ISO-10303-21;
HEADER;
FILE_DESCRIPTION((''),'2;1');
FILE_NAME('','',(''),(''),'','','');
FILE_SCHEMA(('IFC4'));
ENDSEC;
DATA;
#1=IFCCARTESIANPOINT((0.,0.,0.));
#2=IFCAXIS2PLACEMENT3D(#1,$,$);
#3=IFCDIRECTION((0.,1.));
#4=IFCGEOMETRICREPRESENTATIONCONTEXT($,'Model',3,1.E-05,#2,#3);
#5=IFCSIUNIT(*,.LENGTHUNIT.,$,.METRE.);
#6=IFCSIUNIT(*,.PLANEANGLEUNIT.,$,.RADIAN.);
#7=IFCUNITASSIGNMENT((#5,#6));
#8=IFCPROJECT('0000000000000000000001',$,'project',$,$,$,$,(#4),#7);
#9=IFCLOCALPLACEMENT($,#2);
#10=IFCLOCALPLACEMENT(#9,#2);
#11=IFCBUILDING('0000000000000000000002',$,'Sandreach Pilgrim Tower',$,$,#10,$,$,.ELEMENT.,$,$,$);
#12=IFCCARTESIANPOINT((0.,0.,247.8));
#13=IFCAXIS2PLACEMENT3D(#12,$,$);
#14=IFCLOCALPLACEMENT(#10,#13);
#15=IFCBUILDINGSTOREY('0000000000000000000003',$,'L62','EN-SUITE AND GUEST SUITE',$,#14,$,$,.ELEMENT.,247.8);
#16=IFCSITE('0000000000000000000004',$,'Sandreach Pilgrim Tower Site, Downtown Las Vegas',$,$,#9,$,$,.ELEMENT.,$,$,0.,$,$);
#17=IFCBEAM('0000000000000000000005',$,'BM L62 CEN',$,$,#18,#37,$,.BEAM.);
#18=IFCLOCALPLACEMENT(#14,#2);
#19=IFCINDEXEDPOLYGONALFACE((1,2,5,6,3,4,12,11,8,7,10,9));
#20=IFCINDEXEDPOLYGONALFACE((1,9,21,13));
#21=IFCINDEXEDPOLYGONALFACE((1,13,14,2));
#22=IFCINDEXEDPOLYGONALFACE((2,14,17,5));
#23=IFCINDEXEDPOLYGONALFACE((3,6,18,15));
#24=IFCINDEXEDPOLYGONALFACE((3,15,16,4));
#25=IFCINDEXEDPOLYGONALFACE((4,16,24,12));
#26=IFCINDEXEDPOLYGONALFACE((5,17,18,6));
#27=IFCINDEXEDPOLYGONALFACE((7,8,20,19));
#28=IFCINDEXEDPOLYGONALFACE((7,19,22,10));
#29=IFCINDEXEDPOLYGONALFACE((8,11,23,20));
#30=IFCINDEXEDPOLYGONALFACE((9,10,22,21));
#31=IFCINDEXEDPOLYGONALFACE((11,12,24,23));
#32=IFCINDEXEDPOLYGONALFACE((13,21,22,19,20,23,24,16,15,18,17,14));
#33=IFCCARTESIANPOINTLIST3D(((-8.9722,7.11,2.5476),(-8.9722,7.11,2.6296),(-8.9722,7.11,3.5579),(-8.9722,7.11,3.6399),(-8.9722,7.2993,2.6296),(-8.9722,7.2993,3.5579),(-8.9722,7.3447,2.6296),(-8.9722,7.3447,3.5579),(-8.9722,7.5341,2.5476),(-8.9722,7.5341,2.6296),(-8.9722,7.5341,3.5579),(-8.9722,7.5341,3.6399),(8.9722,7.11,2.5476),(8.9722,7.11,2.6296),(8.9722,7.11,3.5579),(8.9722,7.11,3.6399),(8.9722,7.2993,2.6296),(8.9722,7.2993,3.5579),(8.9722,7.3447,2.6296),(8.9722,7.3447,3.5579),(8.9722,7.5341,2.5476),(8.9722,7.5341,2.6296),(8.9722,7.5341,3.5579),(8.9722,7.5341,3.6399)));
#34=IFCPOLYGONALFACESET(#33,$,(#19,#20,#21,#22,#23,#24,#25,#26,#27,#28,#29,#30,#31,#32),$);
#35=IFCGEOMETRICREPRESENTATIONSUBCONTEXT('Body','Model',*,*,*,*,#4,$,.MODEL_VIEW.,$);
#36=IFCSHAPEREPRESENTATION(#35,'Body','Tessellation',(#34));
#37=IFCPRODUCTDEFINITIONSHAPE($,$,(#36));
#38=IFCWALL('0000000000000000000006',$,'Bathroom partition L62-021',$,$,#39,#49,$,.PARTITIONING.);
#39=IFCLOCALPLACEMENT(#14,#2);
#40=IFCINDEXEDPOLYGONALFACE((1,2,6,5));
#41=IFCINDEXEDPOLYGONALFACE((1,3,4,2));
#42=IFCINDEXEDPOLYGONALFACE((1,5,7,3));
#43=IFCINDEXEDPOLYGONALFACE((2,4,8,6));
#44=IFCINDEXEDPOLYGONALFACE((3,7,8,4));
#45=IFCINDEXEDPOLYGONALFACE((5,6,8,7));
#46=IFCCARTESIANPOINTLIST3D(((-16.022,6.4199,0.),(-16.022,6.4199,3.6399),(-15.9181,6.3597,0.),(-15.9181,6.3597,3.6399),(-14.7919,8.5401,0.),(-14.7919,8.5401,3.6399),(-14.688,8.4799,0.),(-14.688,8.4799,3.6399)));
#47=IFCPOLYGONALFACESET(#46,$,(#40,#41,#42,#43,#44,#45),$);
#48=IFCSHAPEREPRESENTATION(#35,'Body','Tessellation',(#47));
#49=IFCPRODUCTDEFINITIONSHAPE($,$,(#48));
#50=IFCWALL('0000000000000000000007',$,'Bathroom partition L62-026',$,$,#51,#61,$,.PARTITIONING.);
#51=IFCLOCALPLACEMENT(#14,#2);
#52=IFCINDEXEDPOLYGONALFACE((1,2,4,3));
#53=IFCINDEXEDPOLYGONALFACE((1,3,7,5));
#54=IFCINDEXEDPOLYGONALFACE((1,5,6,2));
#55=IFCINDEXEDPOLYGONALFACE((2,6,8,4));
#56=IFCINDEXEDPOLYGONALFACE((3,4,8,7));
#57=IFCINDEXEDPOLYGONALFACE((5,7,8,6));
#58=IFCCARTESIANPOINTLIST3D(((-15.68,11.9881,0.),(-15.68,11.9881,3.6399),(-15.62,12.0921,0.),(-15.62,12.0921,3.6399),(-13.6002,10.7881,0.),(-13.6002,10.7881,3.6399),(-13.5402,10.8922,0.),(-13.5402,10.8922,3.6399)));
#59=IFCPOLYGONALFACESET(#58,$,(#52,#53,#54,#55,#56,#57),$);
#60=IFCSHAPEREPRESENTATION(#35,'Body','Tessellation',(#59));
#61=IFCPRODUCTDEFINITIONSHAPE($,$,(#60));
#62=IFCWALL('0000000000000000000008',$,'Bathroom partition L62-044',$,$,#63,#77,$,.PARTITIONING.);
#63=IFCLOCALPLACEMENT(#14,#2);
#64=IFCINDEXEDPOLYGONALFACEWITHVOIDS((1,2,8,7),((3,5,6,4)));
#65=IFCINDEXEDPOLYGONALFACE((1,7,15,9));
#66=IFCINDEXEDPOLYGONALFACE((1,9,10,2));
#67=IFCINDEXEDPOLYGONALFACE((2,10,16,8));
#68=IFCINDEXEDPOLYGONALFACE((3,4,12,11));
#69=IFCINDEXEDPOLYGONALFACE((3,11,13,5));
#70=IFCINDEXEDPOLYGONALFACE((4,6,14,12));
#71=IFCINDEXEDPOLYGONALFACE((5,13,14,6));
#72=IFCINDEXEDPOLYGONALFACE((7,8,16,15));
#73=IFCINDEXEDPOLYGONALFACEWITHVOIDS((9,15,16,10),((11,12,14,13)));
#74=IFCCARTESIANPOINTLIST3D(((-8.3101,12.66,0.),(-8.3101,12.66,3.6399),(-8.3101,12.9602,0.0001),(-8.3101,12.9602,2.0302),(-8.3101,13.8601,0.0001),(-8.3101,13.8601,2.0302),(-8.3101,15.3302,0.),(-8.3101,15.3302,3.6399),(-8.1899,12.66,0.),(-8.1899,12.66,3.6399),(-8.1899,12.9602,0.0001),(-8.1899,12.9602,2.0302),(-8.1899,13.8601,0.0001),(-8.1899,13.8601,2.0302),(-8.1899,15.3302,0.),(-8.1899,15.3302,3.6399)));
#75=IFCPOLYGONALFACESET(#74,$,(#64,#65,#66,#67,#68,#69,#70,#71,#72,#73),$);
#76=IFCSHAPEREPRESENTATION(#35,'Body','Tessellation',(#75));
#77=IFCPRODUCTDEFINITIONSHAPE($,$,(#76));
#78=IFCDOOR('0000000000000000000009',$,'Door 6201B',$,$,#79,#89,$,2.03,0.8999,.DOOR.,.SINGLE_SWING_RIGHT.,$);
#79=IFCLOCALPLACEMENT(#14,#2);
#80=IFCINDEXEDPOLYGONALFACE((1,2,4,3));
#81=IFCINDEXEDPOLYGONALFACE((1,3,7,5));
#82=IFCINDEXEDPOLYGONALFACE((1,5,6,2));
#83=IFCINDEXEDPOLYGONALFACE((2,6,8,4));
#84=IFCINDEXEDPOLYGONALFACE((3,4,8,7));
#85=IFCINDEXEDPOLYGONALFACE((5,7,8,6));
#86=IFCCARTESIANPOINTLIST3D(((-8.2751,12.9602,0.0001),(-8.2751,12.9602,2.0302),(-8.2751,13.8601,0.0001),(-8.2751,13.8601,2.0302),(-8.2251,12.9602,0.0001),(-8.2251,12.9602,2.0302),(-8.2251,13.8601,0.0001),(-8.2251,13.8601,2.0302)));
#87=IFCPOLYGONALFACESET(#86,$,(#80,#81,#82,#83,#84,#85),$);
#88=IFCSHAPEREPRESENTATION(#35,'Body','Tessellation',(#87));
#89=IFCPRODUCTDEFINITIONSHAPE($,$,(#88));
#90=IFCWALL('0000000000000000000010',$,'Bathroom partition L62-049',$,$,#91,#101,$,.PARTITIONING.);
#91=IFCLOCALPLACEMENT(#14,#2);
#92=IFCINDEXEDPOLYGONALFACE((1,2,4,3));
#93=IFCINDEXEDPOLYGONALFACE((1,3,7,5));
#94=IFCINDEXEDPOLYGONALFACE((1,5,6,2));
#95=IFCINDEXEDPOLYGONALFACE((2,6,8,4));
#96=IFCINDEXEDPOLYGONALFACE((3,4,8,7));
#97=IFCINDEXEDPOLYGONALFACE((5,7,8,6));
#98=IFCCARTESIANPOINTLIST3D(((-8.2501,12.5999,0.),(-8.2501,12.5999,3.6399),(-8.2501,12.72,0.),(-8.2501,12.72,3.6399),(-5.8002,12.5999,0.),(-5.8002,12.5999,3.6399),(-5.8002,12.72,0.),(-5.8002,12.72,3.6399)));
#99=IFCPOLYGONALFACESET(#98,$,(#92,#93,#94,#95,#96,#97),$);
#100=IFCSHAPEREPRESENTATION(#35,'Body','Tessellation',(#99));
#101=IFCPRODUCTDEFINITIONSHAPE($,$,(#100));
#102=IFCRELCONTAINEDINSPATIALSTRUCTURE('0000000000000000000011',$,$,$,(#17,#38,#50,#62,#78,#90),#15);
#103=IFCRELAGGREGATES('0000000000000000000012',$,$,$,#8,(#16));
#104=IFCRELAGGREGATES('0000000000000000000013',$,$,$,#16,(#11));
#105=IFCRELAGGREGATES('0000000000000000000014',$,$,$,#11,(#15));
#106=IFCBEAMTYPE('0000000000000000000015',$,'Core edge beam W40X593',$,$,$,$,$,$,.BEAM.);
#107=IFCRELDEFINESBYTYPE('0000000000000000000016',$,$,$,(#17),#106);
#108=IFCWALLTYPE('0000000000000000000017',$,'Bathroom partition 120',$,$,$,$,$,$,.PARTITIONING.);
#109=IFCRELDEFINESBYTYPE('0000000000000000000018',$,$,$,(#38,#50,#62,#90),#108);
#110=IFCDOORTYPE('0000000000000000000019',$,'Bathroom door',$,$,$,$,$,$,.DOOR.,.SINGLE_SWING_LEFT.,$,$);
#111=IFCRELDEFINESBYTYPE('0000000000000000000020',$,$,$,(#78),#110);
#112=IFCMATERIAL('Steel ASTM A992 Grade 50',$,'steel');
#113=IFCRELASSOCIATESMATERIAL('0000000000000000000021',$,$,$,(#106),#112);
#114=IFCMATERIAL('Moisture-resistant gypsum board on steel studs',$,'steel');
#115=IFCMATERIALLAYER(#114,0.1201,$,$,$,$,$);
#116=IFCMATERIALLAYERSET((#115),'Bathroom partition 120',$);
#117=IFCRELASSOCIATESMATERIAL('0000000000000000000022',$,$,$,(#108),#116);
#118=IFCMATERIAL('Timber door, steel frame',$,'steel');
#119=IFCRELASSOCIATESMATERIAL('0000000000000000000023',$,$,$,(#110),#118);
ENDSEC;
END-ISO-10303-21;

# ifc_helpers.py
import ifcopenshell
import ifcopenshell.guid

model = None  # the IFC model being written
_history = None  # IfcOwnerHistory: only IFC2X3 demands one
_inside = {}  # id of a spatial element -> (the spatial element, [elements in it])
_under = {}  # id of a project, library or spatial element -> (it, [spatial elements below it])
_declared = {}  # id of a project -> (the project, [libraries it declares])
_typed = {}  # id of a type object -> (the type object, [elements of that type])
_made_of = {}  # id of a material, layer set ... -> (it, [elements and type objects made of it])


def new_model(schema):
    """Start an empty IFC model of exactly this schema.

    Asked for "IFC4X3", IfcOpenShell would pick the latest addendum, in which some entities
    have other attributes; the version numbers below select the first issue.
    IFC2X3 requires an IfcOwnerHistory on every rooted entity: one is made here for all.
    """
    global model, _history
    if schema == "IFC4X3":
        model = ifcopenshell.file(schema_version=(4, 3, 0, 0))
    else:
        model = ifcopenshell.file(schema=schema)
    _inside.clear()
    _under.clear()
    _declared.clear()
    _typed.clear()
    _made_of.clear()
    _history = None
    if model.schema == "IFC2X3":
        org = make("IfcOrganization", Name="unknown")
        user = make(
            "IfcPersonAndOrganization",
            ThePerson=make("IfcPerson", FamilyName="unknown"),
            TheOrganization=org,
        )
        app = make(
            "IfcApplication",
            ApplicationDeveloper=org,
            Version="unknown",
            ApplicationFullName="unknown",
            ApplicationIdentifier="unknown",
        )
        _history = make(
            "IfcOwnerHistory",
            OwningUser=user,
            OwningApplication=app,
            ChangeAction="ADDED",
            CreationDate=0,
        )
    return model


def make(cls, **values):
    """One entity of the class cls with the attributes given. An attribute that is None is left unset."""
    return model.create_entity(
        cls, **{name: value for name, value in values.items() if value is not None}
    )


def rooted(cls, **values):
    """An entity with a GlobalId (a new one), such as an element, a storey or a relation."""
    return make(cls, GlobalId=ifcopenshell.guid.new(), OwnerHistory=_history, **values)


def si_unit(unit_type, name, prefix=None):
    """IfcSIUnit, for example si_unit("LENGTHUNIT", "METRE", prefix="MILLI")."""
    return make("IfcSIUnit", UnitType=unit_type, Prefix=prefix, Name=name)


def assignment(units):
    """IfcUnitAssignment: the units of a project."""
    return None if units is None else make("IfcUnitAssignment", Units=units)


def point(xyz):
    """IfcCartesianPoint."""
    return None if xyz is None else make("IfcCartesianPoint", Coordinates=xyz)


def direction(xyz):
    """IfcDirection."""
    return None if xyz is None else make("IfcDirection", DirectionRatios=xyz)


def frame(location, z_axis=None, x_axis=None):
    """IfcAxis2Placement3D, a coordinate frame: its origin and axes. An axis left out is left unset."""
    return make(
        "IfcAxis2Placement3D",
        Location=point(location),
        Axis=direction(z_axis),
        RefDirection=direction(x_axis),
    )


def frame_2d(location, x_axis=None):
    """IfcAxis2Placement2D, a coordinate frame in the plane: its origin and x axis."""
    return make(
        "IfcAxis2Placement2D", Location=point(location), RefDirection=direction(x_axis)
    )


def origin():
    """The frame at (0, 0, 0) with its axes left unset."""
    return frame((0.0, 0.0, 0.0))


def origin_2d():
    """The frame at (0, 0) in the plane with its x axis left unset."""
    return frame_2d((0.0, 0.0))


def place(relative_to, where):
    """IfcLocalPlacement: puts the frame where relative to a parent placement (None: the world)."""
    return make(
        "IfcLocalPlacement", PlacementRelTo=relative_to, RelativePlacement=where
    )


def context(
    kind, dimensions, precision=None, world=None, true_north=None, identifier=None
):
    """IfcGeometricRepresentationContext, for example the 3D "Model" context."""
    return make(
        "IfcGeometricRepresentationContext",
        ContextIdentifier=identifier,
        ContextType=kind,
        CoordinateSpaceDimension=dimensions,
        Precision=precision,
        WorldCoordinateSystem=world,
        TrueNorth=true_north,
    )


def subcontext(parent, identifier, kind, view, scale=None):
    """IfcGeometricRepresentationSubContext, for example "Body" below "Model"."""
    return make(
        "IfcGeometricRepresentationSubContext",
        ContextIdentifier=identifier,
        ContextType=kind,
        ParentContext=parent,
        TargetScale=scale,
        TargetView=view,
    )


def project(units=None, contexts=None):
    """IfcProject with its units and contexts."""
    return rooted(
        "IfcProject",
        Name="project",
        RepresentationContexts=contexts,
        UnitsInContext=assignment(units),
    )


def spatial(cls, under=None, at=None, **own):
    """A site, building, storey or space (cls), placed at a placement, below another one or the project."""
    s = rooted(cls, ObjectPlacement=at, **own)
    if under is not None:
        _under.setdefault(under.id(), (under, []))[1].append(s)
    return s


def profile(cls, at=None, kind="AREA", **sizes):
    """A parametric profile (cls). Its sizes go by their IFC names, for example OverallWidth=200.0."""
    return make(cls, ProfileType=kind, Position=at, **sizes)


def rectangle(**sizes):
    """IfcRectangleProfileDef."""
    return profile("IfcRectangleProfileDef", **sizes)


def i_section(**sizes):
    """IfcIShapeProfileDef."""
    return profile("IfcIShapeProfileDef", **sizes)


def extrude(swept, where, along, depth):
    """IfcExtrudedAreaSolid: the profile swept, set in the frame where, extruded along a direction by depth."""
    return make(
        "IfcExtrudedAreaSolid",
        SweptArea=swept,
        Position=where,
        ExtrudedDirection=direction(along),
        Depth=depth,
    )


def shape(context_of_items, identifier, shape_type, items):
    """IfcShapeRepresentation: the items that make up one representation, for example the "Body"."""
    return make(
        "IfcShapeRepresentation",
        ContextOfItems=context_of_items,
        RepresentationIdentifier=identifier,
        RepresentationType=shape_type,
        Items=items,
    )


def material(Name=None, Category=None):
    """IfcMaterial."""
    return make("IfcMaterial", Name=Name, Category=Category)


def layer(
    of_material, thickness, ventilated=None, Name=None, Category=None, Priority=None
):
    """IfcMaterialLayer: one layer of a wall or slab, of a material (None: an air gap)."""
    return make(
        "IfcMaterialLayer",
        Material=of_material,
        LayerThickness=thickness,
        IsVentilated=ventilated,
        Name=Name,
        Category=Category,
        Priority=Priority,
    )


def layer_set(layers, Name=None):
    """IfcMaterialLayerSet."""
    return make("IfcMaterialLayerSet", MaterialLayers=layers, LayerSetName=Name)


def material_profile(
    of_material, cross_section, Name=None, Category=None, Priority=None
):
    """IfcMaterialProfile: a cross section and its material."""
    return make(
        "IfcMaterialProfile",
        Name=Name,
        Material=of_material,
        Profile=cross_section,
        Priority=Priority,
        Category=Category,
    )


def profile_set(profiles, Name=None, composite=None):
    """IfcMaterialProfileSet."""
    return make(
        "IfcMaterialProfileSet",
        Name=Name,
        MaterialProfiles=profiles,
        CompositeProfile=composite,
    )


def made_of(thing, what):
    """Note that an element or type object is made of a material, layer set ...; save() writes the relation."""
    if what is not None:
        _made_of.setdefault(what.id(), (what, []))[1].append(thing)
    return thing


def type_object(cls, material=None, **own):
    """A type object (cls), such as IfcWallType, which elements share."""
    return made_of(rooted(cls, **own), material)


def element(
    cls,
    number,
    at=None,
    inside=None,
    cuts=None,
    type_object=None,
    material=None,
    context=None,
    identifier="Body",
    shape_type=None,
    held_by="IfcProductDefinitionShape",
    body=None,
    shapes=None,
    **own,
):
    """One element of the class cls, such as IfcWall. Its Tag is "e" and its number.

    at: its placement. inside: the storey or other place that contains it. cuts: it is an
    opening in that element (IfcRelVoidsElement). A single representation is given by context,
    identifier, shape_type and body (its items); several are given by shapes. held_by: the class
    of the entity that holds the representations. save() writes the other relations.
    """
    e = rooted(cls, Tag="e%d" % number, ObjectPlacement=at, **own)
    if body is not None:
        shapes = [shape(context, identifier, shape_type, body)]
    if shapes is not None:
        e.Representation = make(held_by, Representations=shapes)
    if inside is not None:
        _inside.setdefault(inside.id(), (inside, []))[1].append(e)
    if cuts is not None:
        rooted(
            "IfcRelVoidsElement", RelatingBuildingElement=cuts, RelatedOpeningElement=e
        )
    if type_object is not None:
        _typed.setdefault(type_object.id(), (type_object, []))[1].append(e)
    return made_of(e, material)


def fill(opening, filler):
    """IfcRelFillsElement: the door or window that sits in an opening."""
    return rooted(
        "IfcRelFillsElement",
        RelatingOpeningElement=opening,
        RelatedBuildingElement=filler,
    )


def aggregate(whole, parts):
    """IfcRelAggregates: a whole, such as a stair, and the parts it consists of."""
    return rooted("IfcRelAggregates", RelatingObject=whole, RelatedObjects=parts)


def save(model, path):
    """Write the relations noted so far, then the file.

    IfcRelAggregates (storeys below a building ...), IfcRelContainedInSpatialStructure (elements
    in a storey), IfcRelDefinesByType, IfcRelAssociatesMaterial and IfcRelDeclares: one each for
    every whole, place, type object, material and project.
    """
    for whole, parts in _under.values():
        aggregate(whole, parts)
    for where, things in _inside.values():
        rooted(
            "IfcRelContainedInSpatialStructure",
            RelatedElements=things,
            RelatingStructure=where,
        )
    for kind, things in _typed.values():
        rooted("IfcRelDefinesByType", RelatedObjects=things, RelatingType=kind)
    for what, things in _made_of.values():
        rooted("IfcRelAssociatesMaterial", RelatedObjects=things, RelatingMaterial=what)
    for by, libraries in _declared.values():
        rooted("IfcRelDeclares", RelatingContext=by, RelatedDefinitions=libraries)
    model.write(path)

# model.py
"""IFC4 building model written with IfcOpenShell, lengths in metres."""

from ifc_helpers import new_model, si_unit, direction, frame, frame_2d, origin, origin_2d, place, context, subcontext, project, spatial, rectangle, i_section, extrude, material, layer, layer_set, material_profile, profile_set, type_object, element, fill, save


model = new_model("IFC4")

# Units and contexts
model_context = context("Model", 3, precision=1e-05, world=origin(), true_north=direction((0.0, 1.0)))
body_context = subcontext(model_context, "Body", "Model", "MODEL_VIEW")
ifc_project = project(units=[si_unit("LENGTHUNIT", "METRE"), si_unit("PLANEANGLEUNIT", "RADIAN")], contexts=[model_context])

# Site, building, storey
site_placement = place(None, origin())
site = spatial("IfcSite", under=ifc_project, at=site_placement, Name="Sandreach Pilgrim Tower Site, Downtown Las Vegas", CompositionType="ELEMENT", RefElevation=0.0)
building_placement = place(site_placement, origin())
building = spatial("IfcBuilding", under=site, at=building_placement, Name="Sandreach Pilgrim Tower", CompositionType="ELEMENT")
storey_placement = place(building_placement, frame((0.0, 0.0, 247.8)))
storey = spatial("IfcBuildingStorey", under=building, at=storey_placement, Name="L62", Description="EN-SUITE AND GUEST SUITE", CompositionType="ELEMENT", Elevation=247.8)

# Beam
ifc_material_1 = material(Name="Steel ASTM A992 Grade 50", Category="steel")
ifc_material_profile = material_profile(ifc_material_1, i_section(OverallWidth=0.4241, OverallDepth=1.0923, WebThickness=0.0454, FlangeThickness=0.082, at=origin_2d()), Name="W40X593")
ifc_profile_set = profile_set([ifc_material_profile], Name="Steel ASTM A992 Grade 50")
beam_type = type_object("IfcBeamType", Name="Core edge beam W40X593", PredefinedType="BEAM", material=ifc_profile_set)
beam_placement = place(storey_placement, frame((-8.9722, 7.322, 3.0938), z_axis=(1.0, 0.0, 0.0), x_axis=(0.0, 1.0, 0.0)))
element("IfcBeam", 1, at=beam_placement, inside=storey, type_object=beam_type, Name="BM L62 CEN", PredefinedType="BEAM", context=body_context, shape_type="SweptSolid", body=[
    extrude(i_section(OverallWidth=0.4241, OverallDepth=1.0923, WebThickness=0.0454, FlangeThickness=0.082, at=origin_2d()), origin(), (0.0, 0.0, 1.0), 17.9443),
])

# Walls
ifc_material_2 = material(Name="Moisture-resistant gypsum board on steel studs", Category="steel")
ifc_layer_1 = layer(ifc_material_2, 0.1201)
ifc_layer_set_1 = layer_set([ifc_layer_1], Name="Bathroom partition 120")
wall_type_1 = type_object("IfcWallType", Name="Bathroom partition 120", PredefinedType="PARTITIONING", material=ifc_layer_set_1)
wall_1_placement = place(storey_placement, frame((-14.74, 8.51, 0.0), z_axis=(0.0, 0.0, 1.0), x_axis=(-0.501813, -0.864976, 0.0)))
element("IfcWall", 2, at=wall_1_placement, inside=storey, type_object=wall_type_1, Name="Bathroom partition L62-021", PredefinedType="PARTITIONING", context=body_context, shape_type="SweptSolid", body=[
    extrude(rectangle(XDim=2.4512, YDim=0.1201, at=frame_2d((1.2256, 0.0))), origin(), (0.0, 0.0, 1.0), 3.6399),
])
wall_2_placement = place(storey_placement, frame((-13.5701, 10.8401, 0.0), z_axis=(0.0, 0.0, 1.0), x_axis=(-0.866177, 0.499737, 0.0)))
element("IfcWall", 3, at=wall_2_placement, inside=storey, type_object=wall_type_1, Name="Bathroom partition L62-026", PredefinedType="PARTITIONING", context=body_context, shape_type="SweptSolid", body=[
    extrude(rectangle(XDim=2.4011, YDim=0.1201, at=frame_2d((1.2007, 0.0))), origin(), (0.0, 0.0, 1.0), 3.6399),
])

# Wall, opening, door
wall_3_placement = place(storey_placement, frame((-8.25, 15.3301, 0.0), z_axis=(0.0, 0.0, 1.0), x_axis=(0.0, -1.0, 0.0)))
wall_3 = element("IfcWall", 4, at=wall_3_placement, inside=storey, type_object=wall_type_1, Name="Bathroom partition L62-044", PredefinedType="PARTITIONING", context=body_context, shape_type="SweptSolid", body=[
    extrude(rectangle(XDim=2.6702, YDim=0.1201, at=frame_2d((1.335, 0.0))), origin(), (0.0, 0.0, 1.0), 3.6399),
])
opening_1_placement = place(wall_3_placement, frame((1.47, 0.0, 0.0)))
opening_1 = element("IfcOpeningElement", 5, at=opening_1_placement, cuts=wall_3, PredefinedType="OPENING", context=body_context, shape_type="SweptSolid", body=[
    extrude(rectangle(XDim=0.8999, YDim=2.03, at=frame_2d((0.45, 1.0151))), frame((0.0, 0.0601, 0.0), z_axis=(0.0, -1.0, 0.0), x_axis=(1.0, 0.0, 0.0)), (0.0, 0.0, 1.0), 0.1201),
])
ifc_material_3 = material(Name="Timber door, steel frame", Category="steel")
door_type_1 = type_object("IfcDoorType", Name="Bathroom door", OperationType="SINGLE_SWING_LEFT", PredefinedType="DOOR", material=ifc_material_3)
door_1_placement = place(opening_1_placement, origin())
door_1 = element("IfcDoor", 6, at=door_1_placement, inside=storey, type_object=door_type_1, Name="Door 6201B", OperationType="SINGLE_SWING_RIGHT", OverallHeight=2.03, OverallWidth=0.8999, PredefinedType="DOOR", context=body_context, shape_type="SweptSolid", body=[
    extrude(rectangle(XDim=0.8999, YDim=2.03, at=frame_2d((0.45, 1.0151))), frame((0.0, 0.0249, 0.0), z_axis=(0.0, -1.0, 0.0), x_axis=(1.0, 0.0, 0.0)), (0.0, 0.0, 1.0), 0.05),
])
fill(opening_1, door_1)

# Wall
wall_4_placement = place(storey_placement, frame((-5.8, 12.6599, 0.0), z_axis=(0.0, 0.0, 1.0), x_axis=(-1.0, 0.0, 0.0)))
element("IfcWall", 7, at=wall_4_placement, inside=storey, type_object=wall_type_1, Name="Bathroom partition L62-049", PredefinedType="PARTITIONING", context=body_context, shape_type="SweptSolid", body=[
    extrude(rectangle(XDim=2.45, YDim=0.1201, at=frame_2d((1.2251, 0.0))), origin(), (0.0, 0.0, 1.0), 3.6399),
])

save(model, "model.ifc")
